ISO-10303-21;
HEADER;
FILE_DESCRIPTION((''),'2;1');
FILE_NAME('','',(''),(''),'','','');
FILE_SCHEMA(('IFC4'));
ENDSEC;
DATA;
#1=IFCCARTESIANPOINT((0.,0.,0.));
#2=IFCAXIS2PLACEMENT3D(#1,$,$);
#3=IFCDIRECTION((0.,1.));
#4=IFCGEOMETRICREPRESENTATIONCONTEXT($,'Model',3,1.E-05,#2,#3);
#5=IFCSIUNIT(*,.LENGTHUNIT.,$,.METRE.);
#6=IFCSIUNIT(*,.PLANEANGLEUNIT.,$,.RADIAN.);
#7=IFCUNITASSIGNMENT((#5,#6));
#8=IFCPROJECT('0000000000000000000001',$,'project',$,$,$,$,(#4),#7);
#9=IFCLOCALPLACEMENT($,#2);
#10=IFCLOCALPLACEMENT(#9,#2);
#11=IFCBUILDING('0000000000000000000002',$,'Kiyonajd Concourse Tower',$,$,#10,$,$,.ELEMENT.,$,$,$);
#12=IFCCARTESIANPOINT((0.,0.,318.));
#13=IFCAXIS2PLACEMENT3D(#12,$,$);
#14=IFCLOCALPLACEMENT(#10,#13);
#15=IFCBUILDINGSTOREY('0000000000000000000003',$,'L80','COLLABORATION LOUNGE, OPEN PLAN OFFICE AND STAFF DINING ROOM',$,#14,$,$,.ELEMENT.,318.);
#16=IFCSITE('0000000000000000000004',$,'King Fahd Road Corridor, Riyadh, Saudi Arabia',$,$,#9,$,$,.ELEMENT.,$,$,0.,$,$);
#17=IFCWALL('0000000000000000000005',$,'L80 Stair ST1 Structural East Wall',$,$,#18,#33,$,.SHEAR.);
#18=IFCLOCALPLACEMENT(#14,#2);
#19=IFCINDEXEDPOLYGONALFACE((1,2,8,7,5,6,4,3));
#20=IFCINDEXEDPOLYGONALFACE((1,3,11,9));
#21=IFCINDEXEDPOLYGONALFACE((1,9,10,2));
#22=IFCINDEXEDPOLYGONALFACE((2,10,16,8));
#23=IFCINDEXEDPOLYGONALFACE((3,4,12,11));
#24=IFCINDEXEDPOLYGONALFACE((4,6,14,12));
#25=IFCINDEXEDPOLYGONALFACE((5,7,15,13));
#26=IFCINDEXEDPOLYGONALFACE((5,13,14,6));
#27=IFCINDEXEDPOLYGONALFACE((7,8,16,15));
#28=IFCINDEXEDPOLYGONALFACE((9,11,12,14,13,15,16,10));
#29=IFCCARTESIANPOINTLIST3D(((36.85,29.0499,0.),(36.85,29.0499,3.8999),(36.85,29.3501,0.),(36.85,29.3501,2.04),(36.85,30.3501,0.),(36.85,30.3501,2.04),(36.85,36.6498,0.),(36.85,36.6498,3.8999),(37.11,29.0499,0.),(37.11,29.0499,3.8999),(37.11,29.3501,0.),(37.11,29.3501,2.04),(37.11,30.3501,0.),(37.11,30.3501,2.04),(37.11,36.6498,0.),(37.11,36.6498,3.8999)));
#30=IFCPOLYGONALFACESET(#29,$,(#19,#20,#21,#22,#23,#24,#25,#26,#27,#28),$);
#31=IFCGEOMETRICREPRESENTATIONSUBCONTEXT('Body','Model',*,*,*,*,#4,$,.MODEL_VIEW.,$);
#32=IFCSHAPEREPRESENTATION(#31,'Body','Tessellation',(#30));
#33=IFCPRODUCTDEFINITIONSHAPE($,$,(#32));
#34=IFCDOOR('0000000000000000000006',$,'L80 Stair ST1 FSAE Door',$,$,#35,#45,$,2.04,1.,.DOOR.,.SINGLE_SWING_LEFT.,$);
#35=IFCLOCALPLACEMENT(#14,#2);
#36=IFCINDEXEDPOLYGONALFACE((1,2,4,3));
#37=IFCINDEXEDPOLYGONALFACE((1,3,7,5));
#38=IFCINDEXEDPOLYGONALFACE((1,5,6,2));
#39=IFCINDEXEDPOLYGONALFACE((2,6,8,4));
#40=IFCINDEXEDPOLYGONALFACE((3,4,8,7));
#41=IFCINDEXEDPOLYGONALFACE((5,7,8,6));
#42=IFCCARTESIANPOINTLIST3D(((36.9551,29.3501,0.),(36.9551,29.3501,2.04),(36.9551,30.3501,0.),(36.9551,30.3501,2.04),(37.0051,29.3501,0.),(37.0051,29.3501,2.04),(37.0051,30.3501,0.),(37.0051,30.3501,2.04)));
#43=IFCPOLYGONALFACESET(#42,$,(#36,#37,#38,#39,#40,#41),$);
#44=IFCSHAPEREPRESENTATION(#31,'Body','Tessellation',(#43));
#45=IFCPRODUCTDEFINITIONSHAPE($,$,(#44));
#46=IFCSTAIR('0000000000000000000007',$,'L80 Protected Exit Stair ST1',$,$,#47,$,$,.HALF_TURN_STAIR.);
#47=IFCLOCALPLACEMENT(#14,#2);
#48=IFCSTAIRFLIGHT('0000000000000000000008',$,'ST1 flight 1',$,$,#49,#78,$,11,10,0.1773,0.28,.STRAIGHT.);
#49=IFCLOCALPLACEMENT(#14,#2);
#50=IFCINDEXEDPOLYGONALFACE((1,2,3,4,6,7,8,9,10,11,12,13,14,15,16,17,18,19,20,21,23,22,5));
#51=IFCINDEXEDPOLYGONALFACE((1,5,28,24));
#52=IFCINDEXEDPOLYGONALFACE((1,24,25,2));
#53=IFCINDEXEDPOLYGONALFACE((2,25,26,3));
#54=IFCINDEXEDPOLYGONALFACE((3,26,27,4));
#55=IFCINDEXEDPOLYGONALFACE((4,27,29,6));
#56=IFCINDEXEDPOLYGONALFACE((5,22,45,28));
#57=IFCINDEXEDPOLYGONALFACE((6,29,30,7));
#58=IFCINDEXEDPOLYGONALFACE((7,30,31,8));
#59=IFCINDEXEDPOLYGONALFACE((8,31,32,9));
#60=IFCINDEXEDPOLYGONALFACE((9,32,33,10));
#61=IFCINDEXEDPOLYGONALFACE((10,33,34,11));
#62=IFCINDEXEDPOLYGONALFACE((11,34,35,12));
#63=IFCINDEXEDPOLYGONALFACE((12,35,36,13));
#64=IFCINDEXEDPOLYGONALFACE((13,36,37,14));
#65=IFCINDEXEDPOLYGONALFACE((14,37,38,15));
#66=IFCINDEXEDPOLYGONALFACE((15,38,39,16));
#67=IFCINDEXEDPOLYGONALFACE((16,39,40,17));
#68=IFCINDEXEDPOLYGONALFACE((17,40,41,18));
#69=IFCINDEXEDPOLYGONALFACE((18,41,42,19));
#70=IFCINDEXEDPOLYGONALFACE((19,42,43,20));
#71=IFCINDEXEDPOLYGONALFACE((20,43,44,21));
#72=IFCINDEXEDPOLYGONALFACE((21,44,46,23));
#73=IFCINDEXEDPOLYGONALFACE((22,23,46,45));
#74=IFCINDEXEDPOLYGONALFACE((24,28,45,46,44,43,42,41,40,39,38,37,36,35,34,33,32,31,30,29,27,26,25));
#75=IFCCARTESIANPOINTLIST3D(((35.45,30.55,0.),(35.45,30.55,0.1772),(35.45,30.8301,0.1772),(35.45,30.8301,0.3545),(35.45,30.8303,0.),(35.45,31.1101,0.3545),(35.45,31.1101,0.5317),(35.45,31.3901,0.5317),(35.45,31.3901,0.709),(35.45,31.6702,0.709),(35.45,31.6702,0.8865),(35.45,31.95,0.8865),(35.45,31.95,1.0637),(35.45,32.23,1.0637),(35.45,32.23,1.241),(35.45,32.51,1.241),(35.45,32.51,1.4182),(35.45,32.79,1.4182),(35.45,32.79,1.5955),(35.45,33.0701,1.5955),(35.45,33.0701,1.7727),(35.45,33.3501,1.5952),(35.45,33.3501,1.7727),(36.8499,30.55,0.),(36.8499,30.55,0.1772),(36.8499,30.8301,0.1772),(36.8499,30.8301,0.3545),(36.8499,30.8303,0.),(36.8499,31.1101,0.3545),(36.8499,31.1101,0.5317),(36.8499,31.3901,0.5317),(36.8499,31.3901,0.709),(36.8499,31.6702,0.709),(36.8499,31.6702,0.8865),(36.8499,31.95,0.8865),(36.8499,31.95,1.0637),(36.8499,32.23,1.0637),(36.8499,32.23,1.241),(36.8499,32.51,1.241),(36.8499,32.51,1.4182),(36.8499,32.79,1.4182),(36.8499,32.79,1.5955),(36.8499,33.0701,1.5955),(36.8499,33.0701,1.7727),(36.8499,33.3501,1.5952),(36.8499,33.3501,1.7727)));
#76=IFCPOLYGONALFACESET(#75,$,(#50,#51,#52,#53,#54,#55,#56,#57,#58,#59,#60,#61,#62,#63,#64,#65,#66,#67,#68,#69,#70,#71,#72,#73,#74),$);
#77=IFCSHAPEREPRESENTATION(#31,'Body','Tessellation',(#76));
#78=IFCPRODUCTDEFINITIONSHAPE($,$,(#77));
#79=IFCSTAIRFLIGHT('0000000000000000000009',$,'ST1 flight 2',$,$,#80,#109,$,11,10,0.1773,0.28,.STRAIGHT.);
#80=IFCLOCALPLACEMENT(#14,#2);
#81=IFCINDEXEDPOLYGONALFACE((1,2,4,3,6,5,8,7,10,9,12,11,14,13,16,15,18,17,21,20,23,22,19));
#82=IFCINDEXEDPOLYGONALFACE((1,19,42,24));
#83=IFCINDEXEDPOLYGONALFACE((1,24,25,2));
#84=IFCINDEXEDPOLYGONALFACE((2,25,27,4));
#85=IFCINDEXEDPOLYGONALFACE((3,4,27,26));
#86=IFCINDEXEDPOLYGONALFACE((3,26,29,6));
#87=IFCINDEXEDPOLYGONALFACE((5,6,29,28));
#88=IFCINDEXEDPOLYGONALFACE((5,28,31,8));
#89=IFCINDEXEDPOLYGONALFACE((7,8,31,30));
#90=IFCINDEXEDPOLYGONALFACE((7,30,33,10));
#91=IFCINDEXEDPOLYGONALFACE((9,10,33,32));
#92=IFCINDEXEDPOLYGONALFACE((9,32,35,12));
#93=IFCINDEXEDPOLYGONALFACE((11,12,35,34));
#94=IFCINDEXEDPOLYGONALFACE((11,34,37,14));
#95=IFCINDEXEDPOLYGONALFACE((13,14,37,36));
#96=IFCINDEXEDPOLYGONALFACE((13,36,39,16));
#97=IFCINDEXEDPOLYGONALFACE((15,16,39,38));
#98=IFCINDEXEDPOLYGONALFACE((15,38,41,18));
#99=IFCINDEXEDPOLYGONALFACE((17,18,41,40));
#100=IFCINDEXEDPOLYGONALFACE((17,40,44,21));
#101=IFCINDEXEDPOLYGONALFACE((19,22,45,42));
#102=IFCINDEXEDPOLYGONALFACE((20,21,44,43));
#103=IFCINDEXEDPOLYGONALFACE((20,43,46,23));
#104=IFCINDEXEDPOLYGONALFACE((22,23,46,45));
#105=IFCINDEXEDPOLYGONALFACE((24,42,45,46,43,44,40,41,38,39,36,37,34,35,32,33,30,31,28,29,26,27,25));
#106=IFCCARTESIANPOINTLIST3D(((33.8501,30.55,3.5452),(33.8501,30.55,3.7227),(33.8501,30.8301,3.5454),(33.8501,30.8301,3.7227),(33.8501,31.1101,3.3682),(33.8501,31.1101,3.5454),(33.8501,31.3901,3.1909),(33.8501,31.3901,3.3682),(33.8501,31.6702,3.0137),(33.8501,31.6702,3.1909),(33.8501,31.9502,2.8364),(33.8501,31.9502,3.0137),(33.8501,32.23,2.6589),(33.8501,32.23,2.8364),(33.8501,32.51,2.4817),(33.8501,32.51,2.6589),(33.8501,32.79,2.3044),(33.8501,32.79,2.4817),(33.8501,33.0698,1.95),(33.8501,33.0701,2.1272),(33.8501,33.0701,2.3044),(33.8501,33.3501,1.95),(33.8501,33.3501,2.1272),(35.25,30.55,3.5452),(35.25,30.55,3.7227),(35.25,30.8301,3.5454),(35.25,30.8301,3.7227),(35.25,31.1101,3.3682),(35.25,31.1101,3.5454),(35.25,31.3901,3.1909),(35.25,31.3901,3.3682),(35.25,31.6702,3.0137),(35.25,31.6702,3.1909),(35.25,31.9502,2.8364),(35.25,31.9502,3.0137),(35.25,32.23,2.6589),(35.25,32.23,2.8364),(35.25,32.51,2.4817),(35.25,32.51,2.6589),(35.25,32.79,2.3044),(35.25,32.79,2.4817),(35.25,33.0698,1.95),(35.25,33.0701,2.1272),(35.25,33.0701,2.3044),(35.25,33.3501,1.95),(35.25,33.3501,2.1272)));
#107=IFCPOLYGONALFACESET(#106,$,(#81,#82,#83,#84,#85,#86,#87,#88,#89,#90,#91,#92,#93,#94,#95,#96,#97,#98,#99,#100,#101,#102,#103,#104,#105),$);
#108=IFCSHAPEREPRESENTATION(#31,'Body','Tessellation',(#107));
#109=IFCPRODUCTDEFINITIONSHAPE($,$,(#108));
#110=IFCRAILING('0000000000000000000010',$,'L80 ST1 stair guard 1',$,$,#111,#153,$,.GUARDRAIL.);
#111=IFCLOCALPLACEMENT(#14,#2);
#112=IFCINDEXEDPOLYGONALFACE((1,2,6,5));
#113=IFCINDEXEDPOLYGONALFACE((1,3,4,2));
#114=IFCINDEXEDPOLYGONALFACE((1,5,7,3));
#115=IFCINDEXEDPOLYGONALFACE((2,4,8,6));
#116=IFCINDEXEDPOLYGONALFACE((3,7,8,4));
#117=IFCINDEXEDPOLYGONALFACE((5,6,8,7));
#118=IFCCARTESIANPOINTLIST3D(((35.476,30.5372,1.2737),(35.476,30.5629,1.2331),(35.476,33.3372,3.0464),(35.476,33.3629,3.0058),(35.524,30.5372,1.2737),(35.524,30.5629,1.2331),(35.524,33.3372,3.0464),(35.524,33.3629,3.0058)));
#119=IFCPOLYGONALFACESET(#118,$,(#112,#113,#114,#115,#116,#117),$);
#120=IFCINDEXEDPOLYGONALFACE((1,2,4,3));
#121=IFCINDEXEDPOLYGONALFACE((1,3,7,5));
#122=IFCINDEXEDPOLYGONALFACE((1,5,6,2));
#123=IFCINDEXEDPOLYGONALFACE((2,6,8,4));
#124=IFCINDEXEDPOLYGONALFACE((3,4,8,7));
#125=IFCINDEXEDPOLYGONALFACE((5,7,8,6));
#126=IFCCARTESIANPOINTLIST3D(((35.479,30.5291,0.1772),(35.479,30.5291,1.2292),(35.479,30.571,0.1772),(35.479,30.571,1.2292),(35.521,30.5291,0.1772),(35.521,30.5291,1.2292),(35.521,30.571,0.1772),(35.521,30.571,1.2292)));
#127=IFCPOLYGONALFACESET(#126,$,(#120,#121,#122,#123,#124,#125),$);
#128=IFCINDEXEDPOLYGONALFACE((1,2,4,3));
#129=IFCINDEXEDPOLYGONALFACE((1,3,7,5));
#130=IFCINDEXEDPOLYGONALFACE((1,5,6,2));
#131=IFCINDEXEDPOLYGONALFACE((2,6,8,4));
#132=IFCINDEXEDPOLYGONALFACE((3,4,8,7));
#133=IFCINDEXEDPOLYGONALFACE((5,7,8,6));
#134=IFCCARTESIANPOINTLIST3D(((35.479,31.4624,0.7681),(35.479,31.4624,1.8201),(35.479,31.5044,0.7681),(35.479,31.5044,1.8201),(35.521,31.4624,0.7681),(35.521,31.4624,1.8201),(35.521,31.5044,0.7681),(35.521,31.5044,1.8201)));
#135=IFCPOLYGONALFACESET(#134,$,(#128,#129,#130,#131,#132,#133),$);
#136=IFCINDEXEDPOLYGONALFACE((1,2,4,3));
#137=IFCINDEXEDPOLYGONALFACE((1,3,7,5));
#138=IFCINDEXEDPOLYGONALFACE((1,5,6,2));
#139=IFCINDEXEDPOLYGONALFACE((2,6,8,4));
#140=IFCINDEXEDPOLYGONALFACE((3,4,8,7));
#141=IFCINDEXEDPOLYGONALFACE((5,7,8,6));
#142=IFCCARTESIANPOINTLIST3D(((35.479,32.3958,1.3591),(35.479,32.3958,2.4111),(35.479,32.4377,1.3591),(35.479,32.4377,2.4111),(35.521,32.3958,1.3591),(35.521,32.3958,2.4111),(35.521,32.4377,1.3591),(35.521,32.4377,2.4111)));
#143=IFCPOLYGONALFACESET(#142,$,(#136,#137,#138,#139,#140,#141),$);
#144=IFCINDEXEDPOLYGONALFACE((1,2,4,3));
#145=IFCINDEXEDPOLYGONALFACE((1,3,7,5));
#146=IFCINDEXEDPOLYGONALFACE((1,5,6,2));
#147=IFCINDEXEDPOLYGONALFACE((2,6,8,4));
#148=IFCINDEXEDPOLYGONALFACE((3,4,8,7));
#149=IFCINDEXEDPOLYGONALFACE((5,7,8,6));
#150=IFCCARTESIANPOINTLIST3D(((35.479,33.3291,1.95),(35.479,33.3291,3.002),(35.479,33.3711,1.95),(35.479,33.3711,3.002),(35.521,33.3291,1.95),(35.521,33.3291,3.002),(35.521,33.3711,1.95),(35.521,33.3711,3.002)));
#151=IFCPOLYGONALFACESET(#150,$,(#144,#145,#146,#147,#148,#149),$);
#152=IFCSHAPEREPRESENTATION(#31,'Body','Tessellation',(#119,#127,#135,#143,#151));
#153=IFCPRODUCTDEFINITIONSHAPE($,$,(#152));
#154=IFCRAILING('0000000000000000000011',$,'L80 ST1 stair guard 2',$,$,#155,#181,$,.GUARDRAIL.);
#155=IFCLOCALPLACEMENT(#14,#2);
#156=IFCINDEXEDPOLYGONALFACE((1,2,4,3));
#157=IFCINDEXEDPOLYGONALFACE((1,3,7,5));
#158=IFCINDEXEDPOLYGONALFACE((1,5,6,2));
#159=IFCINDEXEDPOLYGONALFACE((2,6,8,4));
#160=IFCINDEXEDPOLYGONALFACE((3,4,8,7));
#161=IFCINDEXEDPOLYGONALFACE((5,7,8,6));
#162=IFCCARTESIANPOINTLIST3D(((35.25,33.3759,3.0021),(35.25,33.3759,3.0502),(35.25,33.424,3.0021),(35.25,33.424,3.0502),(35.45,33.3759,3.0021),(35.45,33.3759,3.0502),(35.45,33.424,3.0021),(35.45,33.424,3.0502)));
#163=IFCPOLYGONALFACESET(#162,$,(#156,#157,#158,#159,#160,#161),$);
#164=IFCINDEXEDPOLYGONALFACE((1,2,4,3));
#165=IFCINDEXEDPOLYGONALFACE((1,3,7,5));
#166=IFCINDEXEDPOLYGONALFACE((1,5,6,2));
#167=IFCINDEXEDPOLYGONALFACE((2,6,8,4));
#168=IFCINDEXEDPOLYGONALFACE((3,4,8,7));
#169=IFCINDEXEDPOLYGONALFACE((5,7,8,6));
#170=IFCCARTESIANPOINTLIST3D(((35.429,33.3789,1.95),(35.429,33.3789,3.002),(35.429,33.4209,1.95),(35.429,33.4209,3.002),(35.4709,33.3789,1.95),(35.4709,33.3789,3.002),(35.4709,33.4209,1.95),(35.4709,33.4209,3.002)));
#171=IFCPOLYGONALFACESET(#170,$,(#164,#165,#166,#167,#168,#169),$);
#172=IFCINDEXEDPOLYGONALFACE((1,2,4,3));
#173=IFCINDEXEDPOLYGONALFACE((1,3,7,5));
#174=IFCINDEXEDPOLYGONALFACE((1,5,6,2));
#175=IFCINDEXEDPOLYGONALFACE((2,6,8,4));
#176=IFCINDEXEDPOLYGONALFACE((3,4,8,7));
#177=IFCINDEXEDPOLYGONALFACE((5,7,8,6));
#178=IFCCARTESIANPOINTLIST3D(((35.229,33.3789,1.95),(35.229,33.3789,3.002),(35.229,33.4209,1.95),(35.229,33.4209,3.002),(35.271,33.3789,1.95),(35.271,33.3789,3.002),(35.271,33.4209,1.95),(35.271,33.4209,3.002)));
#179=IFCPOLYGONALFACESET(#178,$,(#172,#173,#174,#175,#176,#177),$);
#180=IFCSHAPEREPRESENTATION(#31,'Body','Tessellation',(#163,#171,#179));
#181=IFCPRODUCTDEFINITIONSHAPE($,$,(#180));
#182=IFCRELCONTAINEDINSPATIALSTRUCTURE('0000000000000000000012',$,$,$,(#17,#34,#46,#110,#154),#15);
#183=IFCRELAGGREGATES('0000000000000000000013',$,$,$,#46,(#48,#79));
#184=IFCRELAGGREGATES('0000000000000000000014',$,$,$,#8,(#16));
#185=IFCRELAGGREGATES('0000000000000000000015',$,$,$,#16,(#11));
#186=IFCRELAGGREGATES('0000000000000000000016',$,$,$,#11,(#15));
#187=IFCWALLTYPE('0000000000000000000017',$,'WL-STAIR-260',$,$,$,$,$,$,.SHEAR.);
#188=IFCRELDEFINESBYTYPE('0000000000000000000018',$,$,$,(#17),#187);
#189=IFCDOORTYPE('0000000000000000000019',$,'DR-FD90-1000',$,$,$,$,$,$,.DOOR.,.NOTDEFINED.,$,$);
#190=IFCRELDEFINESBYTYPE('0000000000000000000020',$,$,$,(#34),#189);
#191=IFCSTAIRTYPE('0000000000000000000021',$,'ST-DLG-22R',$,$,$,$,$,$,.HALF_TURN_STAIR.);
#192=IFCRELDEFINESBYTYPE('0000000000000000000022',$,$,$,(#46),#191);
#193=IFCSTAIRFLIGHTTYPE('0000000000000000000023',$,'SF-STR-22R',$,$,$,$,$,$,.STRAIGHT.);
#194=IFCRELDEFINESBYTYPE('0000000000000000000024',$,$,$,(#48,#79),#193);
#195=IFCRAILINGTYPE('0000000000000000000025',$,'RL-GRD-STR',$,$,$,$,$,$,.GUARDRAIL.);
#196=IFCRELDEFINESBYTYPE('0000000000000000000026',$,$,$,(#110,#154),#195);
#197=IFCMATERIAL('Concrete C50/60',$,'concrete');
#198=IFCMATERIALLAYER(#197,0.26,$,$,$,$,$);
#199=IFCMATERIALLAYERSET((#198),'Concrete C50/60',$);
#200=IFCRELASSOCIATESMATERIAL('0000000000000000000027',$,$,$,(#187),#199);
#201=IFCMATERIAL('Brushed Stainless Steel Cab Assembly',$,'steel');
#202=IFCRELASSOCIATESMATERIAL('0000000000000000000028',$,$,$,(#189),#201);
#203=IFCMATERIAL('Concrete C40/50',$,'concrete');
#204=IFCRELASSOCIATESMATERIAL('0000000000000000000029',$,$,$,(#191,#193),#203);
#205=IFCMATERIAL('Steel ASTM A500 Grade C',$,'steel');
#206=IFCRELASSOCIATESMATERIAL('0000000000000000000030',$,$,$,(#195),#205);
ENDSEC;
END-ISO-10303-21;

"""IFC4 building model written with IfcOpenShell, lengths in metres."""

from ifc_helpers import new_model, si_unit, direction, frame, frame_2d, origin, origin_2d, place, context, subcontext, project, spatial, polyline, rectangle, outline, extrude, material, layer, layer_set, type_object, element, fill, aggregate, save


model = new_model("IFC4")

# Units and contexts
model_context = context("Model", 3, precision=1e-05, world=origin(), true_north=direction((0.0, 1.0)))
body_context = subcontext(model_context, "Body", "Model", "MODEL_VIEW")
ifc_project = project(units=[si_unit("LENGTHUNIT", "METRE"), si_unit("PLANEANGLEUNIT", "RADIAN")], contexts=[model_context])

# Site, building, storey
site_placement = place(None, origin())
site = spatial("IfcSite", under=ifc_project, at=site_placement, Name="King Fahd Road Corridor, Riyadh, Saudi Arabia", CompositionType="ELEMENT", RefElevation=0.0)
building_placement = place(site_placement, origin())
building = spatial("IfcBuilding", under=site, at=building_placement, Name="Kiyonajd Concourse Tower", CompositionType="ELEMENT")
storey_placement = place(building_placement, frame((0.0, 0.0, 318.0)))
storey = spatial("IfcBuildingStorey", under=building, at=storey_placement, Name="L80", Description="COLLABORATION LOUNGE, OPEN PLAN OFFICE AND STAFF DINING ROOM", CompositionType="ELEMENT", Elevation=318.0)

# Shared definitions
ifc_material_1 = material(Name="Concrete C50/60", Category="concrete")

# Shared definitions
ifc_material_2 = material(Name="Brushed Stainless Steel Cab Assembly", Category="steel")

# Shared definitions
ifc_layer_1 = layer(ifc_material_1, 0.26)
ifc_layer_set_1 = layer_set([ifc_layer_1], Name="Concrete C50/60")
wall_type_1 = type_object("IfcWallType", Name="WL-STAIR-260", PredefinedType="SHEAR", material=ifc_layer_set_1)

# Wall, opening, door
wall_1_placement = place(storey_placement, frame((36.98, 29.05, 0.0), z_axis=(0.0, 0.0, 1.0), x_axis=(0.0, 1.0, 0.0)))
wall_1 = element("IfcWall", 1, at=wall_1_placement, inside=storey, type_object=wall_type_1, Name="L80 Stair ST1 Structural East Wall", PredefinedType="SHEAR", context=body_context, shape_type="SweptSolid", body=[
    extrude(rectangle(XDim=7.5999, YDim=0.26, at=frame_2d((3.7998, 0.0))), origin(), (0.0, 0.0, 1.0), 3.8999),
])
opening_1_placement = place(wall_1_placement, frame((0.3, 0.0, 0.0)))
opening_1 = element("IfcOpeningElement", 2, at=opening_1_placement, cuts=wall_1, PredefinedType="OPENING", context=body_context, shape_type="SweptSolid", body=[
    extrude(rectangle(XDim=1.0, YDim=2.04, at=frame_2d((0.5, 1.02))), frame((0.0, 0.1399, 0.0), z_axis=(0.0, -1.0, 0.0), x_axis=(1.0, 0.0, 0.0)), (0.0, 0.0, 1.0), 0.28),
])
door_type_1 = type_object("IfcDoorType", Name="DR-FD90-1000", OperationType="NOTDEFINED", PredefinedType="DOOR", material=ifc_material_2)
door_1_placement = place(opening_1_placement, origin())
door_1 = element("IfcDoor", 3, at=door_1_placement, inside=storey, type_object=door_type_1, Name="L80 Stair ST1 FSAE Door", OperationType="SINGLE_SWING_LEFT", OverallHeight=2.04, OverallWidth=1.0, PredefinedType="DOOR", context=body_context, shape_type="SweptSolid", body=[
    extrude(rectangle(XDim=1.0, YDim=2.04, at=frame_2d((0.5, 1.02))), frame((0.0, 0.0249, 0.0), z_axis=(0.0, -1.0, 0.0), x_axis=(1.0, 0.0, 0.0)), (0.0, 0.0, 1.0), 0.05),
])
fill(opening_1, door_1)

# Stair, stair flights
ifc_material_3 = material(Name="Concrete C40/50", Category="concrete")
stair_type = type_object("IfcStairType", Name="ST-DLG-22R", PredefinedType="HALF_TURN_STAIR", material=ifc_material_3)
stair_placement = place(storey_placement, origin())
stair = element("IfcStair", 4, at=stair_placement, inside=storey, type_object=stair_type, Name="L80 Protected Exit Stair ST1", PredefinedType="HALF_TURN_STAIR")
stair_flight_type = type_object("IfcStairFlightType", Name="SF-STR-22R", PredefinedType="STRAIGHT", material=ifc_material_3)
stair_flight_1_placement = place(storey_placement, frame((36.1499, 30.55, 0.0), z_axis=(0.0, 0.0, 1.0), x_axis=(0.0, 1.0, 0.0)))
stair_flight_1 = element("IfcStairFlight", 5, at=stair_flight_1_placement, type_object=stair_flight_type, Name="ST1 flight 1", NumberOfRisers=11, NumberOfTreads=10, PredefinedType="STRAIGHT", RiserHeight=0.1773, TreadLength=0.28, context=body_context, shape_type="SweptSolid", body=[
    extrude(outline(polyline([(0.0, 0.0), (0.0, 0.1772), (0.28, 0.1772), (0.28, 0.3545), (0.5601, 0.3545), (0.5601, 0.5317), (0.8401, 0.5317), (0.8401, 0.709), (1.1201, 0.709), (1.1201, 0.8865), (1.3999, 0.8865), (1.3999, 1.0637), (1.6799, 1.0637), (1.6799, 1.241), (1.96, 1.241), (1.96, 1.4182), (2.24, 1.4182), (2.24, 1.5955), (2.52, 1.5955), (2.52, 1.7727), (2.8, 1.7727), (2.8, 1.95), (2.8, 1.5952), (0.2803, 0.0), (0.0, 0.0)])), frame((0.0, 0.7, 0.0), z_axis=(0.0, -1.0, 0.0), x_axis=(1.0, 0.0, 0.0)), (0.0, 0.0, 1.0), 1.3999),
])
stair_flight_2_placement = place(storey_placement, frame((34.55, 33.3501, 1.95), z_axis=(0.0, 0.0, 1.0), x_axis=(0.0, -1.0, 0.0)))
stair_flight_2 = element("IfcStairFlight", 6, at=stair_flight_2_placement, type_object=stair_flight_type, Name="ST1 flight 2", NumberOfRisers=11, NumberOfTreads=10, PredefinedType="STRAIGHT", RiserHeight=0.1773, TreadLength=0.28, context=body_context, shape_type="SweptSolid", body=[
    extrude(outline(polyline([(0.0, 0.0), (0.0, 0.1772), (0.28, 0.1772), (0.28, 0.3545), (0.5601, 0.3545), (0.5601, 0.5317), (0.8401, 0.5317), (0.8401, 0.709), (1.1201, 0.709), (1.1201, 0.8865), (1.3999, 0.8865), (1.3999, 1.0637), (1.6799, 1.0637), (1.6799, 1.241), (1.96, 1.241), (1.96, 1.4182), (2.24, 1.4182), (2.24, 1.5955), (2.52, 1.5955), (2.52, 1.7727), (2.8, 1.7727), (2.8, 1.95), (2.8, 1.5952), (0.2803, 0.0), (0.0, 0.0)])), frame((0.0, 0.7, 0.0), z_axis=(0.0, -1.0, 0.0), x_axis=(1.0, 0.0, 0.0)), (0.0, 0.0, 1.0), 1.3999),
])
aggregate(stair, [stair_flight_1, stair_flight_2])

# Railings
ifc_material_4 = material(Name="Steel ASTM A500 Grade C", Category="steel")
railing_type_1 = type_object("IfcRailingType", Name="RL-GRD-STR", PredefinedType="GUARDRAIL", material=ifc_material_4)
railing_1_placement = place(storey_placement, frame((35.5, 30.55, 0.1772)))
element("IfcRailing", 7, at=railing_1_placement, inside=storey, type_object=railing_type_1, Name="L80 ST1 stair guard 1", PredefinedType="GUARDRAIL", context=body_context, shape_type="SweptSolid", body=[
    extrude(rectangle(XDim=0.0481, YDim=0.0481, at=origin_2d()), frame((0.0, 0.0, 1.0762), z_axis=(0.0, 0.844909, 0.53491), x_axis=(-1.0, 0.0, 0.0)), (0.0, 0.0, 1.0), 3.314),
    extrude(rectangle(XDim=0.042, YDim=0.042, at=origin_2d()), origin(), (0.0, 0.0, 1.0), 1.052),
    extrude(rectangle(XDim=0.042, YDim=0.042, at=origin_2d()), frame((0.0, 0.9333, 0.5908)), (0.0, 0.0, 1.0), 1.052),
    extrude(rectangle(XDim=0.042, YDim=0.042, at=origin_2d()), frame((0.0, 1.8667, 1.1819)), (0.0, 0.0, 1.0), 1.052),
    extrude(rectangle(XDim=0.042, YDim=0.042, at=origin_2d()), frame((0.0, 2.8, 1.7727)), (0.0, 0.0, 1.0), 1.052),
])
railing_2_placement = place(storey_placement, frame((35.45, 33.3999, 1.95)))
element("IfcRailing", 8, at=railing_2_placement, inside=storey, type_object=railing_type_1, Name="L80 ST1 stair guard 2", PredefinedType="GUARDRAIL", context=body_context, shape_type="SweptSolid", body=[
    extrude(rectangle(XDim=0.0481, YDim=0.0481, at=origin_2d()), frame((0.0, 0.0, 1.0762), z_axis=(-1.0, 0.0, 0.0), x_axis=(0.0, -1.0, 0.0)), (0.0, 0.0, 1.0), 0.2),
    extrude(rectangle(XDim=0.042, YDim=0.042, at=origin_2d()), origin(), (0.0, 0.0, 1.0), 1.052),
    extrude(rectangle(XDim=0.042, YDim=0.042, at=origin_2d()), frame((-0.2, 0.0, 0.0)), (0.0, 0.0, 1.0), 1.052),
])

save(model, "model.ifc")
